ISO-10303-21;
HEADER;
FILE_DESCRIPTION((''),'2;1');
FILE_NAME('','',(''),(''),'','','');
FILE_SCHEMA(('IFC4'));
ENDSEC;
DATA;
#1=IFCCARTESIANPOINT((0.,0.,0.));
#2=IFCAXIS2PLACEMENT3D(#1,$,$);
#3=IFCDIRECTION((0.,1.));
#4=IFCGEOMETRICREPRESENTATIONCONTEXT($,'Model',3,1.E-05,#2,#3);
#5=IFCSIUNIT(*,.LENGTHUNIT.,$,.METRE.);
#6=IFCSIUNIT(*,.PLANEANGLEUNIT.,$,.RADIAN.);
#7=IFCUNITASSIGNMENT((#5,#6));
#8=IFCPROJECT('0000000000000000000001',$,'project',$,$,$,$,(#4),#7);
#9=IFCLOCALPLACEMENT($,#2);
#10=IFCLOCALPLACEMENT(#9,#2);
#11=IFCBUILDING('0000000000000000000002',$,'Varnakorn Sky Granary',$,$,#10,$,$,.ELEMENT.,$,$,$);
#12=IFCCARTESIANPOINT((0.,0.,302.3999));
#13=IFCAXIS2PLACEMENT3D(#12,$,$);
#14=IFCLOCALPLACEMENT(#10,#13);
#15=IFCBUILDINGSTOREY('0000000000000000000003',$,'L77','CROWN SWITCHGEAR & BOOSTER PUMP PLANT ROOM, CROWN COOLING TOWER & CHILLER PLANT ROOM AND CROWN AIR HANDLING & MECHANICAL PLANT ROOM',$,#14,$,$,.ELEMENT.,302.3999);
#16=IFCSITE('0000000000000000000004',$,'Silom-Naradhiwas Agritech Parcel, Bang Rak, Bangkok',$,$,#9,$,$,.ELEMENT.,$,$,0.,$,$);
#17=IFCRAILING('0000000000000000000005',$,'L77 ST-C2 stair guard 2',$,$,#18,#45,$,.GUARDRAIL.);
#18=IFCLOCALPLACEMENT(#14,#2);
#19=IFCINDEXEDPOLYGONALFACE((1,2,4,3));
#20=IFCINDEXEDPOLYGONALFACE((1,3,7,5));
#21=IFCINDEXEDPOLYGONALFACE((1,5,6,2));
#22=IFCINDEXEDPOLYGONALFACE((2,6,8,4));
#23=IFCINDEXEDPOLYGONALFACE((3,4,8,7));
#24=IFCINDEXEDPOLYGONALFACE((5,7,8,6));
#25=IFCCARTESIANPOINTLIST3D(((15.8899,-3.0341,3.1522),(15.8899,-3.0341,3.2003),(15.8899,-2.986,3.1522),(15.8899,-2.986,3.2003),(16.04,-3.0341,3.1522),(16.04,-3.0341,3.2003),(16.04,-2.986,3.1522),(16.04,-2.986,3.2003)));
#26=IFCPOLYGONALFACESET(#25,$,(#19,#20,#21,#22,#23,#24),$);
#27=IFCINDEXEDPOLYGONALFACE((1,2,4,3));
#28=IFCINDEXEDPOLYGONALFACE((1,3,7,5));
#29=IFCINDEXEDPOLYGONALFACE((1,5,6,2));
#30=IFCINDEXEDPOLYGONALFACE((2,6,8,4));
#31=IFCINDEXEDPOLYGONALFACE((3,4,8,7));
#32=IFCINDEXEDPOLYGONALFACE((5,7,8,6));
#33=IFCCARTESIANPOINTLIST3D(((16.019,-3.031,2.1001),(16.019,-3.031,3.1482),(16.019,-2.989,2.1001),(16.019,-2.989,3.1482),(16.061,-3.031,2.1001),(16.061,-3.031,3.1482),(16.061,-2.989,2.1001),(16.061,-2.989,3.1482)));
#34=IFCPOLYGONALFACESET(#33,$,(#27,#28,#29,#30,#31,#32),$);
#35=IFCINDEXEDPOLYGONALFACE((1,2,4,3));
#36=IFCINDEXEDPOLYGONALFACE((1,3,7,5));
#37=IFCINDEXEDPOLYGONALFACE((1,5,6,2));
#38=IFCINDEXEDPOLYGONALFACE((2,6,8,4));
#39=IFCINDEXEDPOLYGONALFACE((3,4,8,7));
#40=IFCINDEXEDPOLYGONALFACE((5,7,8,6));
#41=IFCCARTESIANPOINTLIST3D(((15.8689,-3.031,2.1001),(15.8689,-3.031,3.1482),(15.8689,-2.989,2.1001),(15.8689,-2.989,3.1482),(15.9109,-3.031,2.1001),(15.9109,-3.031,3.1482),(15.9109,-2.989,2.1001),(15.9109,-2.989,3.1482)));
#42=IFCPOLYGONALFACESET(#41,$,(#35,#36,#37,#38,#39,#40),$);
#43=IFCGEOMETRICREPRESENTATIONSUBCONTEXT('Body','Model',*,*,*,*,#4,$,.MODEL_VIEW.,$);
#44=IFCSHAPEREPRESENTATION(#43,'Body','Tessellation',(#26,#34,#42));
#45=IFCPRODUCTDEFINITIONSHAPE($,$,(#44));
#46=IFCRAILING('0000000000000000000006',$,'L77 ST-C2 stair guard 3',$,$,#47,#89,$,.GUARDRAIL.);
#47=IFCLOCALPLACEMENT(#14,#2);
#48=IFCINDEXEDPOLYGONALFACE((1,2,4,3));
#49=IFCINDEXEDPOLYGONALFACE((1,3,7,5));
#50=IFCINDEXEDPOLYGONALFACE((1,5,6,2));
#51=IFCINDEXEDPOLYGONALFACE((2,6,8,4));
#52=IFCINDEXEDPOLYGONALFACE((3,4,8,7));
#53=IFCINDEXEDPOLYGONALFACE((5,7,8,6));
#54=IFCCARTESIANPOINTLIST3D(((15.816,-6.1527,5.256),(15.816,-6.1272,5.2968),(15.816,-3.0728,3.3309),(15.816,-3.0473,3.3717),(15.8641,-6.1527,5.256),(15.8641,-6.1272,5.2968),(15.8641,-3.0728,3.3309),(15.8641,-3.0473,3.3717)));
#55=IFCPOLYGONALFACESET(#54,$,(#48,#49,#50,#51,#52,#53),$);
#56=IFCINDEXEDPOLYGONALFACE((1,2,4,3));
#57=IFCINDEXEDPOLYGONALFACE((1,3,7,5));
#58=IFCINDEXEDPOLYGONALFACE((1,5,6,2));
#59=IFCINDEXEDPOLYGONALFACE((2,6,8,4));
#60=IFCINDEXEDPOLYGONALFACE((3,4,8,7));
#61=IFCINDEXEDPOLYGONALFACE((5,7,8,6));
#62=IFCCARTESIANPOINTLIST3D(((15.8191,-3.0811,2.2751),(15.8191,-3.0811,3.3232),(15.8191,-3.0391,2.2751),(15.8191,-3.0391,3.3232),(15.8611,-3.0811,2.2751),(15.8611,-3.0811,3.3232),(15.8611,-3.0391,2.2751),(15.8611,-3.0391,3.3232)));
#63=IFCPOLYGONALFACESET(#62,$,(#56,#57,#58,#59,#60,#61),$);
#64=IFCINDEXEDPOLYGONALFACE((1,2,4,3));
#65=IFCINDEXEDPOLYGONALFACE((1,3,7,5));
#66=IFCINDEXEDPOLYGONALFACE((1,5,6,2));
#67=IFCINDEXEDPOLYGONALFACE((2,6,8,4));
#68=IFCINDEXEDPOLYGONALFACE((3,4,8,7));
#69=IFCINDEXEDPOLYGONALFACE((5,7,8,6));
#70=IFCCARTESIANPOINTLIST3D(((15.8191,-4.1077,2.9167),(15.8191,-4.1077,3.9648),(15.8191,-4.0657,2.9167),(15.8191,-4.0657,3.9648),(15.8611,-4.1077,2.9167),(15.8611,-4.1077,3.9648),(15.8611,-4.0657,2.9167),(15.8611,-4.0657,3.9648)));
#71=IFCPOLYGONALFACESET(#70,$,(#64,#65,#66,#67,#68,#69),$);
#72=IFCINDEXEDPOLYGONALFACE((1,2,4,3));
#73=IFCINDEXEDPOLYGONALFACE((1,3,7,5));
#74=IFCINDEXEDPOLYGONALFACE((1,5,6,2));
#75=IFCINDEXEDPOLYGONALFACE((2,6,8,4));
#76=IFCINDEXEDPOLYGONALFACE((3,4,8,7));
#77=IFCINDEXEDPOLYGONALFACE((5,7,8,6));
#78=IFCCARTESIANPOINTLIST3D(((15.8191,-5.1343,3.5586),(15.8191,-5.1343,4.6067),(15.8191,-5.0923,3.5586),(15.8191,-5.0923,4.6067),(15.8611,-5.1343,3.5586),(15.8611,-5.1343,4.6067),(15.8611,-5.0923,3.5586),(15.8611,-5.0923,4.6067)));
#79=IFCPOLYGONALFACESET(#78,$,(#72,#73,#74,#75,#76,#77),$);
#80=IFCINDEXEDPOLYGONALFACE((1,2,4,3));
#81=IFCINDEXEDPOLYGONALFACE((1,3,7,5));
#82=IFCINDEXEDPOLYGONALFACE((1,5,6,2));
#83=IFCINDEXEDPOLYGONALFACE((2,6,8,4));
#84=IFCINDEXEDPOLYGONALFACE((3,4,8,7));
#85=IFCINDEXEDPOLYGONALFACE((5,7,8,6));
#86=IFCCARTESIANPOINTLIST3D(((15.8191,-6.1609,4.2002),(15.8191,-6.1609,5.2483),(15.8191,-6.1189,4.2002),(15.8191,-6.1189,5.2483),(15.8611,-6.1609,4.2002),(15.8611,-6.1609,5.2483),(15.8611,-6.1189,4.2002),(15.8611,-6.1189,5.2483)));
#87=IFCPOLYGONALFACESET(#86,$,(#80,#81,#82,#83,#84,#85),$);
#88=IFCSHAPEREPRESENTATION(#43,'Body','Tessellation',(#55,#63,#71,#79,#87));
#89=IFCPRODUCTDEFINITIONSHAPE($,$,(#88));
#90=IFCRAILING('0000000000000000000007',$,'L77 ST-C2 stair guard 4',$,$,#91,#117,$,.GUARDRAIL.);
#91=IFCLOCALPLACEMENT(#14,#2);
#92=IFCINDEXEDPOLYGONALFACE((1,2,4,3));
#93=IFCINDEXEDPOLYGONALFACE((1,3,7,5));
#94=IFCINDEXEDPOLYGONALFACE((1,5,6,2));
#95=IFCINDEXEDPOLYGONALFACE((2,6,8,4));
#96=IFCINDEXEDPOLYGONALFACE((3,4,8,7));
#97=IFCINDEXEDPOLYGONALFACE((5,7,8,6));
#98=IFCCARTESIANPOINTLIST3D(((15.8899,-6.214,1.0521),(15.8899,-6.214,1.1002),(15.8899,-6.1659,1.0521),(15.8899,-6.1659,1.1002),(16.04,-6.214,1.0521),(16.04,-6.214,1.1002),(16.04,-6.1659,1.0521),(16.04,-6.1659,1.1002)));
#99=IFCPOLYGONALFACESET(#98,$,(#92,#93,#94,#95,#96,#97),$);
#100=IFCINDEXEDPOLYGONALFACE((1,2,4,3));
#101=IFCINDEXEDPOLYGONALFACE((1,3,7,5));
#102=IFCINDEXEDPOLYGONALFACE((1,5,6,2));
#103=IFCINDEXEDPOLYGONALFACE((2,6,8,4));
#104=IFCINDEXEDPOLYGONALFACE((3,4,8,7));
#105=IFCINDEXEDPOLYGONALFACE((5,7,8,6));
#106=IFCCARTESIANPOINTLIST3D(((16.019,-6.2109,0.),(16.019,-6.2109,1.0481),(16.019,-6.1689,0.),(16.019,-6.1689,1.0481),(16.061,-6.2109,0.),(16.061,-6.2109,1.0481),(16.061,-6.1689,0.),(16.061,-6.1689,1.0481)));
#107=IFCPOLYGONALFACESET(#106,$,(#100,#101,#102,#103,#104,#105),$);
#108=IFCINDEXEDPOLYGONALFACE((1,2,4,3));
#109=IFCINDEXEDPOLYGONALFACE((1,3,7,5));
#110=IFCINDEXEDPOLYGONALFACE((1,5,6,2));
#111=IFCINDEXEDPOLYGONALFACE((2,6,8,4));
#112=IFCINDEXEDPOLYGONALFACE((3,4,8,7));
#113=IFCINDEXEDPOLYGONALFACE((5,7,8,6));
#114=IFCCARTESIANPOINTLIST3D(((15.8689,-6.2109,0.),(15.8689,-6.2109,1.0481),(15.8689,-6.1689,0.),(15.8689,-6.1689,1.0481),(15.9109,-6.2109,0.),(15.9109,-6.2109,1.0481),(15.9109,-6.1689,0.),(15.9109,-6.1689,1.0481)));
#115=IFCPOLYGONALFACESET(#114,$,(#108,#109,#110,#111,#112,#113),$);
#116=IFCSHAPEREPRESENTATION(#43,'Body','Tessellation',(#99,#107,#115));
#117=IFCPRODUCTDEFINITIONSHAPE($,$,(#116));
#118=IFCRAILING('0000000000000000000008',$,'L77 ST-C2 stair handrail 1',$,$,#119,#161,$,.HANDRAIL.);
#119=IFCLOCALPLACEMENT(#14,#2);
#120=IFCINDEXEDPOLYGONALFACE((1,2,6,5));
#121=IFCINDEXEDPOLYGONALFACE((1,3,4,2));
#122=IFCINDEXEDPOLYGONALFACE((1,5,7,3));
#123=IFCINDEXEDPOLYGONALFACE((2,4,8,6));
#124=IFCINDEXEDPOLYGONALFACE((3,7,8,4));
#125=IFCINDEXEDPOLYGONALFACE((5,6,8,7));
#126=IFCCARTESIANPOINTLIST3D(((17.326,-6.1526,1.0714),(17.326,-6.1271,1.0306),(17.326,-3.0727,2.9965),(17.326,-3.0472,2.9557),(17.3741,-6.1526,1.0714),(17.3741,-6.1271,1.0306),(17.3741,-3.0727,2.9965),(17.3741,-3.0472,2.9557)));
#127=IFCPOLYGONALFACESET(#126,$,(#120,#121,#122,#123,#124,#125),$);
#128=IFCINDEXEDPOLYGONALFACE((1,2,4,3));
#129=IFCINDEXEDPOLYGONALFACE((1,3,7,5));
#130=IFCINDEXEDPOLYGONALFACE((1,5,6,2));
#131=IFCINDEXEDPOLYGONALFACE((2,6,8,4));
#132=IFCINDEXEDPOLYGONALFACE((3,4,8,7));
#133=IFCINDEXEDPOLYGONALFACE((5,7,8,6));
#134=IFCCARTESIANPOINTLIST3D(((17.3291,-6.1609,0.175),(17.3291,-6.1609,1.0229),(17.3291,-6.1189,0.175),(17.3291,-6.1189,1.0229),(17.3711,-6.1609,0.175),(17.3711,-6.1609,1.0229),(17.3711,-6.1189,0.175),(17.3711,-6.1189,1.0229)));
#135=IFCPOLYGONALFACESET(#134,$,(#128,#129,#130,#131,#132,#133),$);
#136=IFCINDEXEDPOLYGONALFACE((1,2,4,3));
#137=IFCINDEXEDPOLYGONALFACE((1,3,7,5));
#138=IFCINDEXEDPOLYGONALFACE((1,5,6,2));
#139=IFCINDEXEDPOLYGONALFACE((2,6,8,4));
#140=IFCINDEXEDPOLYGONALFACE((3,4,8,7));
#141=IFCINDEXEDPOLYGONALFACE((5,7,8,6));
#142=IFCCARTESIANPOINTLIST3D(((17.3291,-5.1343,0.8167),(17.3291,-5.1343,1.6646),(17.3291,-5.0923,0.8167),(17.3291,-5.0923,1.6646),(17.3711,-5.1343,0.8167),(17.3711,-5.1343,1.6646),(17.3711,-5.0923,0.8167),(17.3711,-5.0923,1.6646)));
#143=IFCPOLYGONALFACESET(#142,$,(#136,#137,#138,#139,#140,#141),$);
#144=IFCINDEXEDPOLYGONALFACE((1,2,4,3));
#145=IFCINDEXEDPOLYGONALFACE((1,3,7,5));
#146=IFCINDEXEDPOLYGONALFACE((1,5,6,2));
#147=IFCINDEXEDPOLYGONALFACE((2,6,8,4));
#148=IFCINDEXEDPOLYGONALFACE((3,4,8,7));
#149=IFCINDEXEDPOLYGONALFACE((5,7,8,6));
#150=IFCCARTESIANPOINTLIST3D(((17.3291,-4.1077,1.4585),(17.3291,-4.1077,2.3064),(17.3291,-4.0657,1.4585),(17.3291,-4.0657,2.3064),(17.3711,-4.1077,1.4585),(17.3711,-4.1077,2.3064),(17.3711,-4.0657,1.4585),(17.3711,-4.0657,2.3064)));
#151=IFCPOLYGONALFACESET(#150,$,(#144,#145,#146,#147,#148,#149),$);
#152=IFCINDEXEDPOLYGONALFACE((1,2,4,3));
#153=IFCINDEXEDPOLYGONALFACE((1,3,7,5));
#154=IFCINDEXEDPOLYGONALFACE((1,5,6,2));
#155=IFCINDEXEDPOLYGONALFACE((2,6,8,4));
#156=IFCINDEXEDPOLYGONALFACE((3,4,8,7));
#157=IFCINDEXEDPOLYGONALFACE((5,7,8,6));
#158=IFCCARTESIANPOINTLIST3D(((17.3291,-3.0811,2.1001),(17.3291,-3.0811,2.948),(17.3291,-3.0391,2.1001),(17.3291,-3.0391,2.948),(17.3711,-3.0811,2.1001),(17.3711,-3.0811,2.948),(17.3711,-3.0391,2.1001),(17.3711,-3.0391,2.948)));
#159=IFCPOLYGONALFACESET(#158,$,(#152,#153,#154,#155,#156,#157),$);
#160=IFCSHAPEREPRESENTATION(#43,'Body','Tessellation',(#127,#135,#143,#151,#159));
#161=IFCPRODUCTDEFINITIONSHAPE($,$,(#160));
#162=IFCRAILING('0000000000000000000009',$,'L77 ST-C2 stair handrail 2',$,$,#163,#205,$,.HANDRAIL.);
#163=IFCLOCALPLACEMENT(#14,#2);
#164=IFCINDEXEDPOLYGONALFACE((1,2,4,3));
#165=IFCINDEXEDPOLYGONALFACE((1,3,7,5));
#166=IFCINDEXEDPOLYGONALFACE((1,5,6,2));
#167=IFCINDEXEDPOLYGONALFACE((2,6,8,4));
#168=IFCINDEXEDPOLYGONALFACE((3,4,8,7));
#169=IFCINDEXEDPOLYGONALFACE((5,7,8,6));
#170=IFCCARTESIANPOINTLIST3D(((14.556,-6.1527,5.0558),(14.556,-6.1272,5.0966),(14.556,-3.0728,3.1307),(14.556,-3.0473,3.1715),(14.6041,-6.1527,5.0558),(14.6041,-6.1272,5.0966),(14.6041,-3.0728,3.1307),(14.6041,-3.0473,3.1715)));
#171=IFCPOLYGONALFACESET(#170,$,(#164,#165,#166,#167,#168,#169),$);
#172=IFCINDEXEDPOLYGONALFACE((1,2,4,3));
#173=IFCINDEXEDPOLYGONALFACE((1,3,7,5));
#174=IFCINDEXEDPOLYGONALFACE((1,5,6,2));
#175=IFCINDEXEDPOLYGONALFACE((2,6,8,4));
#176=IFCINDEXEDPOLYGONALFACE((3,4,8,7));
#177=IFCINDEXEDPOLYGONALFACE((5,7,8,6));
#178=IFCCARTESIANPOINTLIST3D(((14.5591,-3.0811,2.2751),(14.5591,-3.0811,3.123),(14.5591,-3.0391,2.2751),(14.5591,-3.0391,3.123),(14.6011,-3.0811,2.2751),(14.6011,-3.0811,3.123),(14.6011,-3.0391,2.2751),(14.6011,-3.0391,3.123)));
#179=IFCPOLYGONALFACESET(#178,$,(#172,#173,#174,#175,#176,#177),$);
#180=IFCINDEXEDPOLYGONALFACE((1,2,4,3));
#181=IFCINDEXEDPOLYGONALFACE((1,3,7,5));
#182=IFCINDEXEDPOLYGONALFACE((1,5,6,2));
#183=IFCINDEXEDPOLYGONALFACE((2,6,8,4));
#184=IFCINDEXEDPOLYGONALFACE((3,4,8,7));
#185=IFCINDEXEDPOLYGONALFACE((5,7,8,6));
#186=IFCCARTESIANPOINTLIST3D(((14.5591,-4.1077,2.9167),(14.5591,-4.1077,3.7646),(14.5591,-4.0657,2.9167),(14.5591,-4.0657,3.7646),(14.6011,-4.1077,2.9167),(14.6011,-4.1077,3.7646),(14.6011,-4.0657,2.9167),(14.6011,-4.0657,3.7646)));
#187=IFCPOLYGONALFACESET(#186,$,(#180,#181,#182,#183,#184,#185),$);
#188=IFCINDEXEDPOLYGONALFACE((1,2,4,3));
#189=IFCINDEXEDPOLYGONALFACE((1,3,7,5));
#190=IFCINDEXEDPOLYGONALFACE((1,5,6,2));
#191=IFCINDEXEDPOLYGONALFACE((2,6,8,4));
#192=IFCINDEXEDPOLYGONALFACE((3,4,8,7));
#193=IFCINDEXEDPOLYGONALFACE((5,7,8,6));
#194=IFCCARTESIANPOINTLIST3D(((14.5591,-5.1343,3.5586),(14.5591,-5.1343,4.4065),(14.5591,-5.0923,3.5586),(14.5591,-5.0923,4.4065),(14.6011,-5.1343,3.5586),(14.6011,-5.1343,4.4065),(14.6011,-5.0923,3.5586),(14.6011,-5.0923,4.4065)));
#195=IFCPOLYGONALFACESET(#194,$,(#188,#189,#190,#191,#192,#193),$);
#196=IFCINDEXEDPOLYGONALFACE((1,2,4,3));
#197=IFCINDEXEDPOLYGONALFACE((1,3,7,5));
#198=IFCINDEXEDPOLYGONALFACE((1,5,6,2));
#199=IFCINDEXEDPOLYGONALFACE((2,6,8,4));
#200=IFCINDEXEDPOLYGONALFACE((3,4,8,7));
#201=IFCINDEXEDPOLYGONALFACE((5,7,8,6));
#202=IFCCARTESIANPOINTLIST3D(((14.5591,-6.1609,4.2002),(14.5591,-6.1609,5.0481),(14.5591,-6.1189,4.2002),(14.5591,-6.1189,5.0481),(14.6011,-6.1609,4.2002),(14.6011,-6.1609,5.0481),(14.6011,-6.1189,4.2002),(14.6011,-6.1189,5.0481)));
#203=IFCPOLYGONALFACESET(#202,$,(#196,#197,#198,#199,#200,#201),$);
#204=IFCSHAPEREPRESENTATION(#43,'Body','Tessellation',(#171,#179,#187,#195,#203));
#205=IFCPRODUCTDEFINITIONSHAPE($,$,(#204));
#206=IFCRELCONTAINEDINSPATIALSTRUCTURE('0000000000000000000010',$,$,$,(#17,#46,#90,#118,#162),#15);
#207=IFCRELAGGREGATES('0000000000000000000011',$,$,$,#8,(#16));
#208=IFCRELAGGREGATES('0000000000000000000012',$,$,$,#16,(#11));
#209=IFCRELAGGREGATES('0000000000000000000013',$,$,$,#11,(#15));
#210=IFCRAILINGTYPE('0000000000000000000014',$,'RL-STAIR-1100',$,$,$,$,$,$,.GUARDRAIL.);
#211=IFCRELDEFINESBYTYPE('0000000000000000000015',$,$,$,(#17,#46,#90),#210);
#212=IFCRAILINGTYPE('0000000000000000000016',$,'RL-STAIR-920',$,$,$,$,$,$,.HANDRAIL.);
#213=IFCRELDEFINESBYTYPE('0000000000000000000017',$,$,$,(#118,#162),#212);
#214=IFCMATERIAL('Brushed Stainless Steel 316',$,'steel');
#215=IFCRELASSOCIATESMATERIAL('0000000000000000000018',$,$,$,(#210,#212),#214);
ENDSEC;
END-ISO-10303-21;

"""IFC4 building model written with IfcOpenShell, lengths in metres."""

from ifc_helpers import new_model, si_unit, direction, frame, origin, origin_2d, place, context, subcontext, project, spatial, rectangle, extrude, material, type_object, element, save


model = new_model("IFC4")

# Units and contexts
model_context = context("Model", 3, precision=1e-05, world=origin(), true_north=direction((0.0, 1.0)))
body_context = subcontext(model_context, "Body", "Model", "MODEL_VIEW")
ifc_project = project(units=[si_unit("LENGTHUNIT", "METRE"), si_unit("PLANEANGLEUNIT", "RADIAN")], contexts=[model_context])

# Site, building, storey
site_placement = place(None, origin())
site = spatial("IfcSite", under=ifc_project, at=site_placement, Name="Silom-Naradhiwas Agritech Parcel, Bang Rak, Bangkok", CompositionType="ELEMENT", RefElevation=0.0)
building_placement = place(site_placement, origin())
building = spatial("IfcBuilding", under=site, at=building_placement, Name="Varnakorn Sky Granary", CompositionType="ELEMENT")
storey_placement = place(building_placement, frame((0.0, 0.0, 302.3999)))
storey = spatial("IfcBuildingStorey", under=building, at=storey_placement, Name="L77", Description="CROWN SWITCHGEAR & BOOSTER PUMP PLANT ROOM, CROWN COOLING TOWER & CHILLER PLANT ROOM AND CROWN AIR HANDLING & MECHANICAL PLANT ROOM", CompositionType="ELEMENT", Elevation=302.3999)

# Railings
ifc_material_1 = material(Name="Brushed Stainless Steel 316", Category="steel")
railing_type_1 = type_object("IfcRailingType", Name="RL-STAIR-1100", PredefinedType="GUARDRAIL", material=ifc_material_1)
railing_1_placement = place(storey_placement, frame((16.04, -3.01, 2.1001)))
element("IfcRailing", 1, at=railing_1_placement, inside=storey, type_object=railing_type_1, Name="L77 ST-C2 stair guard 2", PredefinedType="GUARDRAIL", context=body_context, shape_type="SweptSolid", body=[
    extrude(rectangle(XDim=0.0481, YDim=0.0481, at=origin_2d()), frame((0.0, 0.0, 1.0762), z_axis=(-1.0, 0.0, 0.0), x_axis=(0.0, -1.0, 0.0)), (0.0, 0.0, 1.0), 0.1501),
    extrude(rectangle(XDim=0.042, YDim=0.042, at=origin_2d()), origin(), (0.0, 0.0, 1.0), 1.0481),
    extrude(rectangle(XDim=0.042, YDim=0.042, at=origin_2d()), frame((-0.1501, 0.0, 0.0)), (0.0, 0.0, 1.0), 1.0481),
])
railing_2_placement = place(storey_placement, frame((15.8401, -3.0601, 2.2751)))
element("IfcRailing", 2, at=railing_2_placement, inside=storey, type_object=railing_type_1, Name="L77 ST-C2 stair guard 3", PredefinedType="GUARDRAIL", context=body_context, shape_type="SweptSolid", body=[
    extrude(rectangle(XDim=0.0481, YDim=0.0481, at=origin_2d()), frame((0.0, 0.0, 1.0762), z_axis=(0.0, -0.847979, 0.530029), x_axis=(1.0, 0.0, 0.0)), (0.0, 0.0, 1.0), 3.6321),
    extrude(rectangle(XDim=0.042, YDim=0.042, at=origin_2d()), origin(), (0.0, 0.0, 1.0), 1.0481),
    extrude(rectangle(XDim=0.042, YDim=0.042, at=origin_2d()), frame((0.0, -1.0266, 0.6416)), (0.0, 0.0, 1.0), 1.0481),
    extrude(rectangle(XDim=0.042, YDim=0.042, at=origin_2d()), frame((0.0, -2.0532, 1.2834)), (0.0, 0.0, 1.0), 1.0481),
    extrude(rectangle(XDim=0.042, YDim=0.042, at=origin_2d()), frame((0.0, -3.0798, 1.925)), (0.0, 0.0, 1.0), 1.0481),
])
railing_3_placement = place(storey_placement, frame((16.04, -6.1899, 0.0)))
element("IfcRailing", 3, at=railing_3_placement, inside=storey, type_object=railing_type_1, Name="L77 ST-C2 stair guard 4", PredefinedType="GUARDRAIL", context=body_context, shape_type="SweptSolid", body=[
    extrude(rectangle(XDim=0.0481, YDim=0.0481, at=origin_2d()), frame((0.0, 0.0, 1.0762), z_axis=(-1.0, 0.0, 0.0), x_axis=(0.0, -1.0, 0.0)), (0.0, 0.0, 1.0), 0.1501),
    extrude(rectangle(XDim=0.042, YDim=0.042, at=origin_2d()), origin(), (0.0, 0.0, 1.0), 1.0481),
    extrude(rectangle(XDim=0.042, YDim=0.042, at=origin_2d()), frame((-0.1501, 0.0, 0.0)), (0.0, 0.0, 1.0), 1.0481),
])
railing_type_2 = type_object("IfcRailingType", Name="RL-STAIR-920", PredefinedType="HANDRAIL", material=ifc_material_1)
railing_4_placement = place(storey_placement, frame((17.3501, -6.1399, 0.175)))
element("IfcRailing", 4, at=railing_4_placement, inside=storey, type_object=railing_type_2, Name="L77 ST-C2 stair handrail 1", PredefinedType="HANDRAIL", context=body_context, shape_type="SweptSolid", body=[
    extrude(rectangle(XDim=0.0481, YDim=0.0481, at=origin_2d()), frame((0.0, 0.0, 0.876), z_axis=(0.0, 0.847979, 0.530029), x_axis=(-1.0, 0.0, 0.0)), (0.0, 0.0, 1.0), 3.6321),
    extrude(rectangle(XDim=0.042, YDim=0.042, at=origin_2d()), origin(), (0.0, 0.0, 1.0), 0.8479),
    extrude(rectangle(XDim=0.042, YDim=0.042, at=origin_2d()), frame((0.0, 1.0266, 0.6416)), (0.0, 0.0, 1.0), 0.8479),
    extrude(rectangle(XDim=0.042, YDim=0.042, at=origin_2d()), frame((0.0, 2.0532, 1.2834)), (0.0, 0.0, 1.0), 0.8479),
    extrude(rectangle(XDim=0.042, YDim=0.042, at=origin_2d()), frame((0.0, 3.0798, 1.925)), (0.0, 0.0, 1.0), 0.8479),
])
railing_5_placement = place(storey_placement, frame((14.5801, -3.0601, 2.2751)))
element("IfcRailing", 5, at=railing_5_placement, inside=storey, type_object=railing_type_2, Name="L77 ST-C2 stair handrail 2", PredefinedType="HANDRAIL", context=body_context, shape_type="SweptSolid", body=[
    extrude(rectangle(XDim=0.0481, YDim=0.0481, at=origin_2d()), frame((0.0, 0.0, 0.876), z_axis=(0.0, -0.847979, 0.530029), x_axis=(1.0, 0.0, 0.0)), (0.0, 0.0, 1.0), 3.6321),
    extrude(rectangle(XDim=0.042, YDim=0.042, at=origin_2d()), origin(), (0.0, 0.0, 1.0), 0.8479),
    extrude(rectangle(XDim=0.042, YDim=0.042, at=origin_2d()), frame((0.0, -1.0266, 0.6416)), (0.0, 0.0, 1.0), 0.8479),
    extrude(rectangle(XDim=0.042, YDim=0.042, at=origin_2d()), frame((0.0, -2.0532, 1.2834)), (0.0, 0.0, 1.0), 0.8479),
    extrude(rectangle(XDim=0.042, YDim=0.042, at=origin_2d()), frame((0.0, -3.0798, 1.925)), (0.0, 0.0, 1.0), 0.8479),
])

save(model, "model.ifc")
